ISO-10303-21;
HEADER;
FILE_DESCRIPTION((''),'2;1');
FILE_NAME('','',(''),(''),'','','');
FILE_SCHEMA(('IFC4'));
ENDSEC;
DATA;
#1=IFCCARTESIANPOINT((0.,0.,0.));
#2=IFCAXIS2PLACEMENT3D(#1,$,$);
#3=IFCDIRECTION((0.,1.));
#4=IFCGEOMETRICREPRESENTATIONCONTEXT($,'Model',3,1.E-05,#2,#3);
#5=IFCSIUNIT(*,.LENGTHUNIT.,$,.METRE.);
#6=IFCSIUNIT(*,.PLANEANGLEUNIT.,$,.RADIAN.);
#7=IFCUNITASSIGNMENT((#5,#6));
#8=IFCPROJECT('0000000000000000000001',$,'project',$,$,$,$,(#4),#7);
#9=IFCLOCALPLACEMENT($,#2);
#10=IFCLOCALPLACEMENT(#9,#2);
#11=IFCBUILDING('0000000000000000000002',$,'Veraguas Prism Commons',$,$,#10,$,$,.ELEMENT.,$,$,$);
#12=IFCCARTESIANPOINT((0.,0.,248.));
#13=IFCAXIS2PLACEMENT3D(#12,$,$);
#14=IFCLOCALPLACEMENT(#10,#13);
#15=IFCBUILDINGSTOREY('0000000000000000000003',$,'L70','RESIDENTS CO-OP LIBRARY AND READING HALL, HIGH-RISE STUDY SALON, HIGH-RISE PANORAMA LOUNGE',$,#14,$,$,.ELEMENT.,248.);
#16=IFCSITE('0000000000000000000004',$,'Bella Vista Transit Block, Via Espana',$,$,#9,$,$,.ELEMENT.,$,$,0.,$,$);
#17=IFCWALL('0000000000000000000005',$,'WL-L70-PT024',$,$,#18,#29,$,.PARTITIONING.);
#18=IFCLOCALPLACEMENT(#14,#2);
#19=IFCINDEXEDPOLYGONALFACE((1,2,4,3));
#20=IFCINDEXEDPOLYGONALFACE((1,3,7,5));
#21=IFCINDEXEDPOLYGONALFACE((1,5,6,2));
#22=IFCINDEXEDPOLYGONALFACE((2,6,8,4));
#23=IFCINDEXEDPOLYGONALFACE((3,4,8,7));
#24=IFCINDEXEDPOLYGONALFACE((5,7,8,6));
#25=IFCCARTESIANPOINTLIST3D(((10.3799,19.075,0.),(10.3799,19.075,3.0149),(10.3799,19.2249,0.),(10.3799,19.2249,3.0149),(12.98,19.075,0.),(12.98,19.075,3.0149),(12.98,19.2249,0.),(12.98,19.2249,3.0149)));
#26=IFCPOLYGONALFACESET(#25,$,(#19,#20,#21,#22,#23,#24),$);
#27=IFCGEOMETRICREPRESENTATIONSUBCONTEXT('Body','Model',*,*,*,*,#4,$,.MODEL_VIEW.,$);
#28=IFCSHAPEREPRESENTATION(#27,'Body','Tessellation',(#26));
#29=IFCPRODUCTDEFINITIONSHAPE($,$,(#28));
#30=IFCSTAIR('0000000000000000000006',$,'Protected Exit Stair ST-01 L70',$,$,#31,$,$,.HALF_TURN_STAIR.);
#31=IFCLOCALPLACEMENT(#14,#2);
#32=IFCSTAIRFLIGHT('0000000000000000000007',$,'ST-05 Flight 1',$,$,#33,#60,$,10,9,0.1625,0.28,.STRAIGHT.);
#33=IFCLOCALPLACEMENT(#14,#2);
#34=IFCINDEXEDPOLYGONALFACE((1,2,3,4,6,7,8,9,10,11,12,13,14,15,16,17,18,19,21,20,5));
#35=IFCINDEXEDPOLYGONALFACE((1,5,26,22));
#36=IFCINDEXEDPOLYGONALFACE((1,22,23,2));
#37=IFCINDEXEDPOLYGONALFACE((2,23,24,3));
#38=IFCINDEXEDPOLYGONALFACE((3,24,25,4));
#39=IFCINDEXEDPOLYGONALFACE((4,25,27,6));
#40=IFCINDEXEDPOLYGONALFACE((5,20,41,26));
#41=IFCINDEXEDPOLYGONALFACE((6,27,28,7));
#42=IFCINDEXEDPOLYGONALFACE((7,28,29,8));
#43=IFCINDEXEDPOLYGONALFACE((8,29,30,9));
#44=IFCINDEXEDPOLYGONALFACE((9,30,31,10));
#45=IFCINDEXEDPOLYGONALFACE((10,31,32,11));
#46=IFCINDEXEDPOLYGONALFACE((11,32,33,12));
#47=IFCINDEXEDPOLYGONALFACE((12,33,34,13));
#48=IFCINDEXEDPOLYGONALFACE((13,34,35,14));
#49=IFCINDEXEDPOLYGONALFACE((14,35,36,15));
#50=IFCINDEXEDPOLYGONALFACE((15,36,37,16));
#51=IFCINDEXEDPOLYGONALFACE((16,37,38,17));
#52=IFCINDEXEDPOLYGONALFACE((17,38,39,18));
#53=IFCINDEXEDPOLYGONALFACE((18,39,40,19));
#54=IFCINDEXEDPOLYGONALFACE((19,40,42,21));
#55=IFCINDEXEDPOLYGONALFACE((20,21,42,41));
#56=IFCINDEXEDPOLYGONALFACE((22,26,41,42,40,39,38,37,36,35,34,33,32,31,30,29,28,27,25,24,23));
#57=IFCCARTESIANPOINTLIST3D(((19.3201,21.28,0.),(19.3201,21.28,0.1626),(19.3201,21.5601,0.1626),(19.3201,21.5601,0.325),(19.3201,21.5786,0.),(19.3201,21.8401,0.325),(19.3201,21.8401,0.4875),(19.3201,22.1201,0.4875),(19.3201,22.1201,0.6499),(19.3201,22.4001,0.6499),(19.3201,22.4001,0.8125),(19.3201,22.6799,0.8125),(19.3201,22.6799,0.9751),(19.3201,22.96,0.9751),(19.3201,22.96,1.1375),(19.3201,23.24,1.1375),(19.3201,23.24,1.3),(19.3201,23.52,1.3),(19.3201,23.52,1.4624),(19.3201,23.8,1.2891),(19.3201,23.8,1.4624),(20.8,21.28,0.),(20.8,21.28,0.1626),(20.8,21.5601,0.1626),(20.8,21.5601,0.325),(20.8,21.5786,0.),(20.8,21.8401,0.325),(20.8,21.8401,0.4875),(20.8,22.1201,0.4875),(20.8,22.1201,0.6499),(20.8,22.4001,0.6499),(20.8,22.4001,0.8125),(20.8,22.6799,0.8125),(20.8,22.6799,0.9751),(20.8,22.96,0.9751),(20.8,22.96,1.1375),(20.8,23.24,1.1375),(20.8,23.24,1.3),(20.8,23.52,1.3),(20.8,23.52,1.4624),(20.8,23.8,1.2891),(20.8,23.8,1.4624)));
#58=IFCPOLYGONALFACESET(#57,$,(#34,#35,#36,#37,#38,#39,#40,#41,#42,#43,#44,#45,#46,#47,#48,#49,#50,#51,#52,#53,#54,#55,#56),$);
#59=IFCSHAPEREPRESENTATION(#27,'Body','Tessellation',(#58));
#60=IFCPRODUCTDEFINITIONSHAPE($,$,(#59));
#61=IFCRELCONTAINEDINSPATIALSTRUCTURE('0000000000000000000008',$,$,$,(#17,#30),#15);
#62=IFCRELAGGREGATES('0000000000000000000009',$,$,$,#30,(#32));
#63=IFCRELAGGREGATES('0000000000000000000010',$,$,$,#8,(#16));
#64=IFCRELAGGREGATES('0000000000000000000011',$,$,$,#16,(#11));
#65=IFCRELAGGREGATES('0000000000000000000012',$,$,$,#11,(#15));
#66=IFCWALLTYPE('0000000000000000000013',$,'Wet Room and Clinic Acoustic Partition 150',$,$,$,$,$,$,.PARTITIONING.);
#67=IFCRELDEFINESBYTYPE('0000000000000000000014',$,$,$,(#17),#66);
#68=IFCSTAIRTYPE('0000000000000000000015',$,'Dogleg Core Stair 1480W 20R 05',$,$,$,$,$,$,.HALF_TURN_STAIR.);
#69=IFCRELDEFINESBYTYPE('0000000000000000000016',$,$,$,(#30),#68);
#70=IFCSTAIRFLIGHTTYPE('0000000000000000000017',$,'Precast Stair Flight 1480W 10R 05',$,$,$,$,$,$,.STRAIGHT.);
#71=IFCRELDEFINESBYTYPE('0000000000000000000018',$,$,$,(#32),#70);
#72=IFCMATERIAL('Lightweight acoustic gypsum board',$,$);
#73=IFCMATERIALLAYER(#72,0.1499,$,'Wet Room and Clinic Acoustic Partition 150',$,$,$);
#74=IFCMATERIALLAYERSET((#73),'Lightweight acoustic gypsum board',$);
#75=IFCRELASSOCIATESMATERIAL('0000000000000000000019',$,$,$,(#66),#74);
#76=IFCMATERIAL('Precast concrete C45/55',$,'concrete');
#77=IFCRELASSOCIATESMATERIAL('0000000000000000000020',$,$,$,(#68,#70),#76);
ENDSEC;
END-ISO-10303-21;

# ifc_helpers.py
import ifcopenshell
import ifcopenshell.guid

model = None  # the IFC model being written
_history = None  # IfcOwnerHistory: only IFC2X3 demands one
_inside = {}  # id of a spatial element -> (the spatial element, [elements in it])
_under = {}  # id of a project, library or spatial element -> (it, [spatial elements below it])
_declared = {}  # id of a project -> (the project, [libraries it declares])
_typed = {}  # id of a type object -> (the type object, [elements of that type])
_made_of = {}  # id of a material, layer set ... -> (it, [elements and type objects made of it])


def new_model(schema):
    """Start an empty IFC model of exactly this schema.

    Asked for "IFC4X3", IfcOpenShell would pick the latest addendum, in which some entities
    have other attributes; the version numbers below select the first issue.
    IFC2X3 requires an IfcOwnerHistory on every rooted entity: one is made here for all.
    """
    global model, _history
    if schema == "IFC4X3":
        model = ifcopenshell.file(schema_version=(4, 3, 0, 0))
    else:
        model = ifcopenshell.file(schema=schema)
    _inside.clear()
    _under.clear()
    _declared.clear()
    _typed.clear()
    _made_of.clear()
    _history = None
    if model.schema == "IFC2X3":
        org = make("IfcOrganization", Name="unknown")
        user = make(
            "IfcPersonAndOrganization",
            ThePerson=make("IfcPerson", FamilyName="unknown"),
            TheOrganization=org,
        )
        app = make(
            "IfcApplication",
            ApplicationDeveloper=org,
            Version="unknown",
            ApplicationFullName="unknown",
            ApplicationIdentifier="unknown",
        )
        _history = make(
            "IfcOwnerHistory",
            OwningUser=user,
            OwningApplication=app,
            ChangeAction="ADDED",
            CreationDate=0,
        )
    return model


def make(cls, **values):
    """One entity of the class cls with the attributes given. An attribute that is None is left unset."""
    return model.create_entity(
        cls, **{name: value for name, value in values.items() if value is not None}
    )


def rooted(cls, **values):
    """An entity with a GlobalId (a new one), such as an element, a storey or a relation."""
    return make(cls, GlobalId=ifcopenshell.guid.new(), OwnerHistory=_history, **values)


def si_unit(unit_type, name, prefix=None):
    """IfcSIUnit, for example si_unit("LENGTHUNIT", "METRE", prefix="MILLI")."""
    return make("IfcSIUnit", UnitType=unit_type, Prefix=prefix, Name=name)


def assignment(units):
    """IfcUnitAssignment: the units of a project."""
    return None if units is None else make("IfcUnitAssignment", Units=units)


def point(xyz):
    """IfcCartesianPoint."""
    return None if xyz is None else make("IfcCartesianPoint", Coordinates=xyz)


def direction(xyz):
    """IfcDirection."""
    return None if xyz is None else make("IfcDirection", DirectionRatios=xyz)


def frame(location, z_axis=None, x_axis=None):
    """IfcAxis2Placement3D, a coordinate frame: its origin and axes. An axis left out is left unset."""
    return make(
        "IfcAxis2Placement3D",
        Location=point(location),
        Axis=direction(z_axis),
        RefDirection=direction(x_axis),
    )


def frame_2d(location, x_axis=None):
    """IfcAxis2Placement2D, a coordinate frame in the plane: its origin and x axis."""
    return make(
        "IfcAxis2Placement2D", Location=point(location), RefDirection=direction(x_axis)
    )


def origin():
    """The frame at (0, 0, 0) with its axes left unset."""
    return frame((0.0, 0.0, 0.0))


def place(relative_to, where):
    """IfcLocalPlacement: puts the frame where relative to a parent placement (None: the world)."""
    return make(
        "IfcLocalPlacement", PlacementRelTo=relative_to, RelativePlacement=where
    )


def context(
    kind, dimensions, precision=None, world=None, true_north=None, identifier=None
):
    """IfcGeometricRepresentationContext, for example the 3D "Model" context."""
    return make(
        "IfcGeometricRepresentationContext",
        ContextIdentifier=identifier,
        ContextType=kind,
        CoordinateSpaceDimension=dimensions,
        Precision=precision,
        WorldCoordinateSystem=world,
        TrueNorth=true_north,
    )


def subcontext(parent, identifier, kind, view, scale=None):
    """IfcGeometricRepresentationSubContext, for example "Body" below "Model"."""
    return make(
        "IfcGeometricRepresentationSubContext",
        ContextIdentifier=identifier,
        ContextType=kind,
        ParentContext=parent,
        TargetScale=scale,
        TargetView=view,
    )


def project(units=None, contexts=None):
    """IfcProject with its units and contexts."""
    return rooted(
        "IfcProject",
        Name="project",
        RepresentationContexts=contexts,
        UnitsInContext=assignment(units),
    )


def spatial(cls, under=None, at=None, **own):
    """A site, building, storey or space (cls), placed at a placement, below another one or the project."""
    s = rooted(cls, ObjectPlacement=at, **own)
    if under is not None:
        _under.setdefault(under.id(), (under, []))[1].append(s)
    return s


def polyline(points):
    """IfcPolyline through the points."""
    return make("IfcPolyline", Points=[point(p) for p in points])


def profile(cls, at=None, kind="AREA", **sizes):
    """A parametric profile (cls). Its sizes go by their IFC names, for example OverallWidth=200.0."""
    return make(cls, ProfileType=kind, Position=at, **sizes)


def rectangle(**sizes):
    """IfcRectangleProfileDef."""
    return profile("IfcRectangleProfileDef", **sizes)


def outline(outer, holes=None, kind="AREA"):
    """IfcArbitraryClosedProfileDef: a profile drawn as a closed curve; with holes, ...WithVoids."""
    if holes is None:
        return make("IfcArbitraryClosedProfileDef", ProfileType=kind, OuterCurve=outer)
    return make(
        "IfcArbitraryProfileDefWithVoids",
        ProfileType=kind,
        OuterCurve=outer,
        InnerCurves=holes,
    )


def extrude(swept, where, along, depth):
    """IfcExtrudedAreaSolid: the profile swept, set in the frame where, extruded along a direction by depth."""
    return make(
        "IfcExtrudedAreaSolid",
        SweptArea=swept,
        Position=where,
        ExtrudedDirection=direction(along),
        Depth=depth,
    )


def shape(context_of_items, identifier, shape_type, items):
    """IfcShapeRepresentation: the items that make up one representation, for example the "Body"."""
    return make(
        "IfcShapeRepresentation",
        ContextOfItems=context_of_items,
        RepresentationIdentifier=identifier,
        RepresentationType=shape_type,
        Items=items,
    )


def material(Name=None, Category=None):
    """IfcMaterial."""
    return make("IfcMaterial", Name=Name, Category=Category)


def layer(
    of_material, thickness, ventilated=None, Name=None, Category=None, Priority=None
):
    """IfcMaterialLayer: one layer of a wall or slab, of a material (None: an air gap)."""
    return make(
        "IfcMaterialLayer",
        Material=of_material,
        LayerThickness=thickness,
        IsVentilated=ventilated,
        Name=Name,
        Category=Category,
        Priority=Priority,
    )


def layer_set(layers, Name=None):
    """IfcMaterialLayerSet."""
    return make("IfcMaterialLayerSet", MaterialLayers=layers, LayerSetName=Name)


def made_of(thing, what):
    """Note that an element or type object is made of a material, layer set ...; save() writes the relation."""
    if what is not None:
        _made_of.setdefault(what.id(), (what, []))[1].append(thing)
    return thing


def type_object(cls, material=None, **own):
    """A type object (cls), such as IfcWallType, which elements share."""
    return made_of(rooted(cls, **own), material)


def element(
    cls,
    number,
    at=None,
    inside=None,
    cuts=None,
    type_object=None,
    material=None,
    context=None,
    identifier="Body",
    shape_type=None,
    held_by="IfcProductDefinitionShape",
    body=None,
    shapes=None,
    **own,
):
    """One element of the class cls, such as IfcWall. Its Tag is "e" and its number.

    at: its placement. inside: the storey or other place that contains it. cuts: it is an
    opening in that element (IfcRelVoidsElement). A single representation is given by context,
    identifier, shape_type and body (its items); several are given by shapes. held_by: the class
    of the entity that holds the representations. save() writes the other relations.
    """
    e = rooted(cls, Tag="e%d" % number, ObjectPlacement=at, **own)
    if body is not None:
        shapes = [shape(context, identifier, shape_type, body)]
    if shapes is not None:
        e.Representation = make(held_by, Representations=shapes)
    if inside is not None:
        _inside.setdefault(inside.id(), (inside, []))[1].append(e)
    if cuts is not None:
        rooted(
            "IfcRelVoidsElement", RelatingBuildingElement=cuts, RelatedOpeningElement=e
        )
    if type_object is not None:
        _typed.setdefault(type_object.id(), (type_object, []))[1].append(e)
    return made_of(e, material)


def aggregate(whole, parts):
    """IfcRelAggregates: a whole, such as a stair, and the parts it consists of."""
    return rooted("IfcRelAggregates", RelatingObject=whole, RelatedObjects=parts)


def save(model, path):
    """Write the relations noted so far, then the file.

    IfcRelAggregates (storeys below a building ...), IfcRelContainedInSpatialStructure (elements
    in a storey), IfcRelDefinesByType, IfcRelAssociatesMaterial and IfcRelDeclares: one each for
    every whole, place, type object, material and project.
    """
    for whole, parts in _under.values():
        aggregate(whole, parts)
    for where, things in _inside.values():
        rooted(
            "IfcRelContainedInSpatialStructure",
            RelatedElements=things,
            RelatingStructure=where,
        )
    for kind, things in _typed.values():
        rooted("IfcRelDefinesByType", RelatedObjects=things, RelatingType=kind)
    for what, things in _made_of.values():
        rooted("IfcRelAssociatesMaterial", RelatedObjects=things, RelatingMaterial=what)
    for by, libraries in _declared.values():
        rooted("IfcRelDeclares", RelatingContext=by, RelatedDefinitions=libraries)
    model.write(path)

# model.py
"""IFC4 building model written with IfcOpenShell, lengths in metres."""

from ifc_helpers import new_model, si_unit, direction, frame, frame_2d, origin, place, context, subcontext, project, spatial, polyline, rectangle, outline, extrude, material, layer, layer_set, type_object, element, aggregate, save


model = new_model("IFC4")

# Units and contexts
model_context = context("Model", 3, precision=1e-05, world=origin(), true_north=direction((0.0, 1.0)))
body_context = subcontext(model_context, "Body", "Model", "MODEL_VIEW")
ifc_project = project(units=[si_unit("LENGTHUNIT", "METRE"), si_unit("PLANEANGLEUNIT", "RADIAN")], contexts=[model_context])

# Site, building, storey
site_placement = place(None, origin())
site = spatial("IfcSite", under=ifc_project, at=site_placement, Name="Bella Vista Transit Block, Via Espana", CompositionType="ELEMENT", RefElevation=0.0)
building_placement = place(site_placement, origin())
building = spatial("IfcBuilding", under=site, at=building_placement, Name="Veraguas Prism Commons", CompositionType="ELEMENT")
storey_placement = place(building_placement, frame((0.0, 0.0, 248.0)))
storey = spatial("IfcBuildingStorey", under=building, at=storey_placement, Name="L70", Description="RESIDENTS CO-OP LIBRARY AND READING HALL, HIGH-RISE STUDY SALON, HIGH-RISE PANORAMA LOUNGE", CompositionType="ELEMENT", Elevation=248.0)

# Wall
ifc_material_1 = material(Name="Lightweight acoustic gypsum board")
ifc_layer_1 = layer(ifc_material_1, 0.1499, Name="Wet Room and Clinic Acoustic Partition 150")
ifc_layer_set_1 = layer_set([ifc_layer_1], Name="Lightweight acoustic gypsum board")
wall_type_1 = type_object("IfcWallType", Name="Wet Room and Clinic Acoustic Partition 150", PredefinedType="PARTITIONING", material=ifc_layer_set_1)
for number, where, z_axis, x_axis, name in (
    (1, (12.98, 19.1499, 0.0), (0.0, 0.0, 1.0), (-1.0, 0.0, 0.0), "WL-L70-PT024"),
):
    element("IfcWall", number, at=place(storey_placement, frame(where, z_axis=z_axis, x_axis=x_axis)), inside=storey, type_object=wall_type_1, Name=name, PredefinedType="PARTITIONING", context=body_context, shape_type="SweptSolid", body=[
        extrude(rectangle(XDim=2.6001, YDim=0.1499, at=frame_2d((1.3, 0.0))), origin(), (0.0, 0.0, 1.0), 3.0149),
    ])

# Stair, stair flight
ifc_material_2 = material(Name="Precast concrete C45/55", Category="concrete")
stair_type = type_object("IfcStairType", Name="Dogleg Core Stair 1480W 20R 05", PredefinedType="HALF_TURN_STAIR", material=ifc_material_2)
stair_placement = place(storey_placement, origin())
stair = element("IfcStair", 2, at=stair_placement, inside=storey, type_object=stair_type, Name="Protected Exit Stair ST-01 L70", PredefinedType="HALF_TURN_STAIR")
stair_flight_type = type_object("IfcStairFlightType", Name="Precast Stair Flight 1480W 10R 05", PredefinedType="STRAIGHT", material=ifc_material_2)
stair_flight_placement = place(storey_placement, frame((20.0601, 21.28, 0.0), z_axis=(0.0, 0.0, 1.0), x_axis=(0.0, 1.0, 0.0)))
stair_flight = element("IfcStairFlight", 3, at=stair_flight_placement, type_object=stair_flight_type, Name="ST-05 Flight 1", NumberOfRisers=10, NumberOfTreads=9, PredefinedType="STRAIGHT", RiserHeight=0.1625, TreadLength=0.28, context=body_context, shape_type="SweptSolid", body=[
    extrude(outline(polyline([(0.0, 0.0), (0.0, 0.1626), (0.28, 0.1626), (0.28, 0.325), (0.5601, 0.325), (0.5601, 0.4875), (0.8401, 0.4875), (0.8401, 0.6499), (1.1201, 0.6499), (1.1201, 0.8125), (1.3999, 0.8125), (1.3999, 0.9751), (1.6799, 0.9751), (1.6799, 1.1375), (1.96, 1.1375), (1.96, 1.3), (2.24, 1.3), (2.24, 1.4624), (2.52, 1.4624), (2.52, 1.625), (2.52, 1.2891), (0.2986, 0.0), (0.0, 0.0)])), frame((0.0, 0.74, 0.0), z_axis=(0.0, -1.0, 0.0), x_axis=(1.0, 0.0, 0.0)), (0.0, 0.0, 1.0), 1.48),
])
aggregate(stair, [stair_flight])

save(model, "model.ifc")
